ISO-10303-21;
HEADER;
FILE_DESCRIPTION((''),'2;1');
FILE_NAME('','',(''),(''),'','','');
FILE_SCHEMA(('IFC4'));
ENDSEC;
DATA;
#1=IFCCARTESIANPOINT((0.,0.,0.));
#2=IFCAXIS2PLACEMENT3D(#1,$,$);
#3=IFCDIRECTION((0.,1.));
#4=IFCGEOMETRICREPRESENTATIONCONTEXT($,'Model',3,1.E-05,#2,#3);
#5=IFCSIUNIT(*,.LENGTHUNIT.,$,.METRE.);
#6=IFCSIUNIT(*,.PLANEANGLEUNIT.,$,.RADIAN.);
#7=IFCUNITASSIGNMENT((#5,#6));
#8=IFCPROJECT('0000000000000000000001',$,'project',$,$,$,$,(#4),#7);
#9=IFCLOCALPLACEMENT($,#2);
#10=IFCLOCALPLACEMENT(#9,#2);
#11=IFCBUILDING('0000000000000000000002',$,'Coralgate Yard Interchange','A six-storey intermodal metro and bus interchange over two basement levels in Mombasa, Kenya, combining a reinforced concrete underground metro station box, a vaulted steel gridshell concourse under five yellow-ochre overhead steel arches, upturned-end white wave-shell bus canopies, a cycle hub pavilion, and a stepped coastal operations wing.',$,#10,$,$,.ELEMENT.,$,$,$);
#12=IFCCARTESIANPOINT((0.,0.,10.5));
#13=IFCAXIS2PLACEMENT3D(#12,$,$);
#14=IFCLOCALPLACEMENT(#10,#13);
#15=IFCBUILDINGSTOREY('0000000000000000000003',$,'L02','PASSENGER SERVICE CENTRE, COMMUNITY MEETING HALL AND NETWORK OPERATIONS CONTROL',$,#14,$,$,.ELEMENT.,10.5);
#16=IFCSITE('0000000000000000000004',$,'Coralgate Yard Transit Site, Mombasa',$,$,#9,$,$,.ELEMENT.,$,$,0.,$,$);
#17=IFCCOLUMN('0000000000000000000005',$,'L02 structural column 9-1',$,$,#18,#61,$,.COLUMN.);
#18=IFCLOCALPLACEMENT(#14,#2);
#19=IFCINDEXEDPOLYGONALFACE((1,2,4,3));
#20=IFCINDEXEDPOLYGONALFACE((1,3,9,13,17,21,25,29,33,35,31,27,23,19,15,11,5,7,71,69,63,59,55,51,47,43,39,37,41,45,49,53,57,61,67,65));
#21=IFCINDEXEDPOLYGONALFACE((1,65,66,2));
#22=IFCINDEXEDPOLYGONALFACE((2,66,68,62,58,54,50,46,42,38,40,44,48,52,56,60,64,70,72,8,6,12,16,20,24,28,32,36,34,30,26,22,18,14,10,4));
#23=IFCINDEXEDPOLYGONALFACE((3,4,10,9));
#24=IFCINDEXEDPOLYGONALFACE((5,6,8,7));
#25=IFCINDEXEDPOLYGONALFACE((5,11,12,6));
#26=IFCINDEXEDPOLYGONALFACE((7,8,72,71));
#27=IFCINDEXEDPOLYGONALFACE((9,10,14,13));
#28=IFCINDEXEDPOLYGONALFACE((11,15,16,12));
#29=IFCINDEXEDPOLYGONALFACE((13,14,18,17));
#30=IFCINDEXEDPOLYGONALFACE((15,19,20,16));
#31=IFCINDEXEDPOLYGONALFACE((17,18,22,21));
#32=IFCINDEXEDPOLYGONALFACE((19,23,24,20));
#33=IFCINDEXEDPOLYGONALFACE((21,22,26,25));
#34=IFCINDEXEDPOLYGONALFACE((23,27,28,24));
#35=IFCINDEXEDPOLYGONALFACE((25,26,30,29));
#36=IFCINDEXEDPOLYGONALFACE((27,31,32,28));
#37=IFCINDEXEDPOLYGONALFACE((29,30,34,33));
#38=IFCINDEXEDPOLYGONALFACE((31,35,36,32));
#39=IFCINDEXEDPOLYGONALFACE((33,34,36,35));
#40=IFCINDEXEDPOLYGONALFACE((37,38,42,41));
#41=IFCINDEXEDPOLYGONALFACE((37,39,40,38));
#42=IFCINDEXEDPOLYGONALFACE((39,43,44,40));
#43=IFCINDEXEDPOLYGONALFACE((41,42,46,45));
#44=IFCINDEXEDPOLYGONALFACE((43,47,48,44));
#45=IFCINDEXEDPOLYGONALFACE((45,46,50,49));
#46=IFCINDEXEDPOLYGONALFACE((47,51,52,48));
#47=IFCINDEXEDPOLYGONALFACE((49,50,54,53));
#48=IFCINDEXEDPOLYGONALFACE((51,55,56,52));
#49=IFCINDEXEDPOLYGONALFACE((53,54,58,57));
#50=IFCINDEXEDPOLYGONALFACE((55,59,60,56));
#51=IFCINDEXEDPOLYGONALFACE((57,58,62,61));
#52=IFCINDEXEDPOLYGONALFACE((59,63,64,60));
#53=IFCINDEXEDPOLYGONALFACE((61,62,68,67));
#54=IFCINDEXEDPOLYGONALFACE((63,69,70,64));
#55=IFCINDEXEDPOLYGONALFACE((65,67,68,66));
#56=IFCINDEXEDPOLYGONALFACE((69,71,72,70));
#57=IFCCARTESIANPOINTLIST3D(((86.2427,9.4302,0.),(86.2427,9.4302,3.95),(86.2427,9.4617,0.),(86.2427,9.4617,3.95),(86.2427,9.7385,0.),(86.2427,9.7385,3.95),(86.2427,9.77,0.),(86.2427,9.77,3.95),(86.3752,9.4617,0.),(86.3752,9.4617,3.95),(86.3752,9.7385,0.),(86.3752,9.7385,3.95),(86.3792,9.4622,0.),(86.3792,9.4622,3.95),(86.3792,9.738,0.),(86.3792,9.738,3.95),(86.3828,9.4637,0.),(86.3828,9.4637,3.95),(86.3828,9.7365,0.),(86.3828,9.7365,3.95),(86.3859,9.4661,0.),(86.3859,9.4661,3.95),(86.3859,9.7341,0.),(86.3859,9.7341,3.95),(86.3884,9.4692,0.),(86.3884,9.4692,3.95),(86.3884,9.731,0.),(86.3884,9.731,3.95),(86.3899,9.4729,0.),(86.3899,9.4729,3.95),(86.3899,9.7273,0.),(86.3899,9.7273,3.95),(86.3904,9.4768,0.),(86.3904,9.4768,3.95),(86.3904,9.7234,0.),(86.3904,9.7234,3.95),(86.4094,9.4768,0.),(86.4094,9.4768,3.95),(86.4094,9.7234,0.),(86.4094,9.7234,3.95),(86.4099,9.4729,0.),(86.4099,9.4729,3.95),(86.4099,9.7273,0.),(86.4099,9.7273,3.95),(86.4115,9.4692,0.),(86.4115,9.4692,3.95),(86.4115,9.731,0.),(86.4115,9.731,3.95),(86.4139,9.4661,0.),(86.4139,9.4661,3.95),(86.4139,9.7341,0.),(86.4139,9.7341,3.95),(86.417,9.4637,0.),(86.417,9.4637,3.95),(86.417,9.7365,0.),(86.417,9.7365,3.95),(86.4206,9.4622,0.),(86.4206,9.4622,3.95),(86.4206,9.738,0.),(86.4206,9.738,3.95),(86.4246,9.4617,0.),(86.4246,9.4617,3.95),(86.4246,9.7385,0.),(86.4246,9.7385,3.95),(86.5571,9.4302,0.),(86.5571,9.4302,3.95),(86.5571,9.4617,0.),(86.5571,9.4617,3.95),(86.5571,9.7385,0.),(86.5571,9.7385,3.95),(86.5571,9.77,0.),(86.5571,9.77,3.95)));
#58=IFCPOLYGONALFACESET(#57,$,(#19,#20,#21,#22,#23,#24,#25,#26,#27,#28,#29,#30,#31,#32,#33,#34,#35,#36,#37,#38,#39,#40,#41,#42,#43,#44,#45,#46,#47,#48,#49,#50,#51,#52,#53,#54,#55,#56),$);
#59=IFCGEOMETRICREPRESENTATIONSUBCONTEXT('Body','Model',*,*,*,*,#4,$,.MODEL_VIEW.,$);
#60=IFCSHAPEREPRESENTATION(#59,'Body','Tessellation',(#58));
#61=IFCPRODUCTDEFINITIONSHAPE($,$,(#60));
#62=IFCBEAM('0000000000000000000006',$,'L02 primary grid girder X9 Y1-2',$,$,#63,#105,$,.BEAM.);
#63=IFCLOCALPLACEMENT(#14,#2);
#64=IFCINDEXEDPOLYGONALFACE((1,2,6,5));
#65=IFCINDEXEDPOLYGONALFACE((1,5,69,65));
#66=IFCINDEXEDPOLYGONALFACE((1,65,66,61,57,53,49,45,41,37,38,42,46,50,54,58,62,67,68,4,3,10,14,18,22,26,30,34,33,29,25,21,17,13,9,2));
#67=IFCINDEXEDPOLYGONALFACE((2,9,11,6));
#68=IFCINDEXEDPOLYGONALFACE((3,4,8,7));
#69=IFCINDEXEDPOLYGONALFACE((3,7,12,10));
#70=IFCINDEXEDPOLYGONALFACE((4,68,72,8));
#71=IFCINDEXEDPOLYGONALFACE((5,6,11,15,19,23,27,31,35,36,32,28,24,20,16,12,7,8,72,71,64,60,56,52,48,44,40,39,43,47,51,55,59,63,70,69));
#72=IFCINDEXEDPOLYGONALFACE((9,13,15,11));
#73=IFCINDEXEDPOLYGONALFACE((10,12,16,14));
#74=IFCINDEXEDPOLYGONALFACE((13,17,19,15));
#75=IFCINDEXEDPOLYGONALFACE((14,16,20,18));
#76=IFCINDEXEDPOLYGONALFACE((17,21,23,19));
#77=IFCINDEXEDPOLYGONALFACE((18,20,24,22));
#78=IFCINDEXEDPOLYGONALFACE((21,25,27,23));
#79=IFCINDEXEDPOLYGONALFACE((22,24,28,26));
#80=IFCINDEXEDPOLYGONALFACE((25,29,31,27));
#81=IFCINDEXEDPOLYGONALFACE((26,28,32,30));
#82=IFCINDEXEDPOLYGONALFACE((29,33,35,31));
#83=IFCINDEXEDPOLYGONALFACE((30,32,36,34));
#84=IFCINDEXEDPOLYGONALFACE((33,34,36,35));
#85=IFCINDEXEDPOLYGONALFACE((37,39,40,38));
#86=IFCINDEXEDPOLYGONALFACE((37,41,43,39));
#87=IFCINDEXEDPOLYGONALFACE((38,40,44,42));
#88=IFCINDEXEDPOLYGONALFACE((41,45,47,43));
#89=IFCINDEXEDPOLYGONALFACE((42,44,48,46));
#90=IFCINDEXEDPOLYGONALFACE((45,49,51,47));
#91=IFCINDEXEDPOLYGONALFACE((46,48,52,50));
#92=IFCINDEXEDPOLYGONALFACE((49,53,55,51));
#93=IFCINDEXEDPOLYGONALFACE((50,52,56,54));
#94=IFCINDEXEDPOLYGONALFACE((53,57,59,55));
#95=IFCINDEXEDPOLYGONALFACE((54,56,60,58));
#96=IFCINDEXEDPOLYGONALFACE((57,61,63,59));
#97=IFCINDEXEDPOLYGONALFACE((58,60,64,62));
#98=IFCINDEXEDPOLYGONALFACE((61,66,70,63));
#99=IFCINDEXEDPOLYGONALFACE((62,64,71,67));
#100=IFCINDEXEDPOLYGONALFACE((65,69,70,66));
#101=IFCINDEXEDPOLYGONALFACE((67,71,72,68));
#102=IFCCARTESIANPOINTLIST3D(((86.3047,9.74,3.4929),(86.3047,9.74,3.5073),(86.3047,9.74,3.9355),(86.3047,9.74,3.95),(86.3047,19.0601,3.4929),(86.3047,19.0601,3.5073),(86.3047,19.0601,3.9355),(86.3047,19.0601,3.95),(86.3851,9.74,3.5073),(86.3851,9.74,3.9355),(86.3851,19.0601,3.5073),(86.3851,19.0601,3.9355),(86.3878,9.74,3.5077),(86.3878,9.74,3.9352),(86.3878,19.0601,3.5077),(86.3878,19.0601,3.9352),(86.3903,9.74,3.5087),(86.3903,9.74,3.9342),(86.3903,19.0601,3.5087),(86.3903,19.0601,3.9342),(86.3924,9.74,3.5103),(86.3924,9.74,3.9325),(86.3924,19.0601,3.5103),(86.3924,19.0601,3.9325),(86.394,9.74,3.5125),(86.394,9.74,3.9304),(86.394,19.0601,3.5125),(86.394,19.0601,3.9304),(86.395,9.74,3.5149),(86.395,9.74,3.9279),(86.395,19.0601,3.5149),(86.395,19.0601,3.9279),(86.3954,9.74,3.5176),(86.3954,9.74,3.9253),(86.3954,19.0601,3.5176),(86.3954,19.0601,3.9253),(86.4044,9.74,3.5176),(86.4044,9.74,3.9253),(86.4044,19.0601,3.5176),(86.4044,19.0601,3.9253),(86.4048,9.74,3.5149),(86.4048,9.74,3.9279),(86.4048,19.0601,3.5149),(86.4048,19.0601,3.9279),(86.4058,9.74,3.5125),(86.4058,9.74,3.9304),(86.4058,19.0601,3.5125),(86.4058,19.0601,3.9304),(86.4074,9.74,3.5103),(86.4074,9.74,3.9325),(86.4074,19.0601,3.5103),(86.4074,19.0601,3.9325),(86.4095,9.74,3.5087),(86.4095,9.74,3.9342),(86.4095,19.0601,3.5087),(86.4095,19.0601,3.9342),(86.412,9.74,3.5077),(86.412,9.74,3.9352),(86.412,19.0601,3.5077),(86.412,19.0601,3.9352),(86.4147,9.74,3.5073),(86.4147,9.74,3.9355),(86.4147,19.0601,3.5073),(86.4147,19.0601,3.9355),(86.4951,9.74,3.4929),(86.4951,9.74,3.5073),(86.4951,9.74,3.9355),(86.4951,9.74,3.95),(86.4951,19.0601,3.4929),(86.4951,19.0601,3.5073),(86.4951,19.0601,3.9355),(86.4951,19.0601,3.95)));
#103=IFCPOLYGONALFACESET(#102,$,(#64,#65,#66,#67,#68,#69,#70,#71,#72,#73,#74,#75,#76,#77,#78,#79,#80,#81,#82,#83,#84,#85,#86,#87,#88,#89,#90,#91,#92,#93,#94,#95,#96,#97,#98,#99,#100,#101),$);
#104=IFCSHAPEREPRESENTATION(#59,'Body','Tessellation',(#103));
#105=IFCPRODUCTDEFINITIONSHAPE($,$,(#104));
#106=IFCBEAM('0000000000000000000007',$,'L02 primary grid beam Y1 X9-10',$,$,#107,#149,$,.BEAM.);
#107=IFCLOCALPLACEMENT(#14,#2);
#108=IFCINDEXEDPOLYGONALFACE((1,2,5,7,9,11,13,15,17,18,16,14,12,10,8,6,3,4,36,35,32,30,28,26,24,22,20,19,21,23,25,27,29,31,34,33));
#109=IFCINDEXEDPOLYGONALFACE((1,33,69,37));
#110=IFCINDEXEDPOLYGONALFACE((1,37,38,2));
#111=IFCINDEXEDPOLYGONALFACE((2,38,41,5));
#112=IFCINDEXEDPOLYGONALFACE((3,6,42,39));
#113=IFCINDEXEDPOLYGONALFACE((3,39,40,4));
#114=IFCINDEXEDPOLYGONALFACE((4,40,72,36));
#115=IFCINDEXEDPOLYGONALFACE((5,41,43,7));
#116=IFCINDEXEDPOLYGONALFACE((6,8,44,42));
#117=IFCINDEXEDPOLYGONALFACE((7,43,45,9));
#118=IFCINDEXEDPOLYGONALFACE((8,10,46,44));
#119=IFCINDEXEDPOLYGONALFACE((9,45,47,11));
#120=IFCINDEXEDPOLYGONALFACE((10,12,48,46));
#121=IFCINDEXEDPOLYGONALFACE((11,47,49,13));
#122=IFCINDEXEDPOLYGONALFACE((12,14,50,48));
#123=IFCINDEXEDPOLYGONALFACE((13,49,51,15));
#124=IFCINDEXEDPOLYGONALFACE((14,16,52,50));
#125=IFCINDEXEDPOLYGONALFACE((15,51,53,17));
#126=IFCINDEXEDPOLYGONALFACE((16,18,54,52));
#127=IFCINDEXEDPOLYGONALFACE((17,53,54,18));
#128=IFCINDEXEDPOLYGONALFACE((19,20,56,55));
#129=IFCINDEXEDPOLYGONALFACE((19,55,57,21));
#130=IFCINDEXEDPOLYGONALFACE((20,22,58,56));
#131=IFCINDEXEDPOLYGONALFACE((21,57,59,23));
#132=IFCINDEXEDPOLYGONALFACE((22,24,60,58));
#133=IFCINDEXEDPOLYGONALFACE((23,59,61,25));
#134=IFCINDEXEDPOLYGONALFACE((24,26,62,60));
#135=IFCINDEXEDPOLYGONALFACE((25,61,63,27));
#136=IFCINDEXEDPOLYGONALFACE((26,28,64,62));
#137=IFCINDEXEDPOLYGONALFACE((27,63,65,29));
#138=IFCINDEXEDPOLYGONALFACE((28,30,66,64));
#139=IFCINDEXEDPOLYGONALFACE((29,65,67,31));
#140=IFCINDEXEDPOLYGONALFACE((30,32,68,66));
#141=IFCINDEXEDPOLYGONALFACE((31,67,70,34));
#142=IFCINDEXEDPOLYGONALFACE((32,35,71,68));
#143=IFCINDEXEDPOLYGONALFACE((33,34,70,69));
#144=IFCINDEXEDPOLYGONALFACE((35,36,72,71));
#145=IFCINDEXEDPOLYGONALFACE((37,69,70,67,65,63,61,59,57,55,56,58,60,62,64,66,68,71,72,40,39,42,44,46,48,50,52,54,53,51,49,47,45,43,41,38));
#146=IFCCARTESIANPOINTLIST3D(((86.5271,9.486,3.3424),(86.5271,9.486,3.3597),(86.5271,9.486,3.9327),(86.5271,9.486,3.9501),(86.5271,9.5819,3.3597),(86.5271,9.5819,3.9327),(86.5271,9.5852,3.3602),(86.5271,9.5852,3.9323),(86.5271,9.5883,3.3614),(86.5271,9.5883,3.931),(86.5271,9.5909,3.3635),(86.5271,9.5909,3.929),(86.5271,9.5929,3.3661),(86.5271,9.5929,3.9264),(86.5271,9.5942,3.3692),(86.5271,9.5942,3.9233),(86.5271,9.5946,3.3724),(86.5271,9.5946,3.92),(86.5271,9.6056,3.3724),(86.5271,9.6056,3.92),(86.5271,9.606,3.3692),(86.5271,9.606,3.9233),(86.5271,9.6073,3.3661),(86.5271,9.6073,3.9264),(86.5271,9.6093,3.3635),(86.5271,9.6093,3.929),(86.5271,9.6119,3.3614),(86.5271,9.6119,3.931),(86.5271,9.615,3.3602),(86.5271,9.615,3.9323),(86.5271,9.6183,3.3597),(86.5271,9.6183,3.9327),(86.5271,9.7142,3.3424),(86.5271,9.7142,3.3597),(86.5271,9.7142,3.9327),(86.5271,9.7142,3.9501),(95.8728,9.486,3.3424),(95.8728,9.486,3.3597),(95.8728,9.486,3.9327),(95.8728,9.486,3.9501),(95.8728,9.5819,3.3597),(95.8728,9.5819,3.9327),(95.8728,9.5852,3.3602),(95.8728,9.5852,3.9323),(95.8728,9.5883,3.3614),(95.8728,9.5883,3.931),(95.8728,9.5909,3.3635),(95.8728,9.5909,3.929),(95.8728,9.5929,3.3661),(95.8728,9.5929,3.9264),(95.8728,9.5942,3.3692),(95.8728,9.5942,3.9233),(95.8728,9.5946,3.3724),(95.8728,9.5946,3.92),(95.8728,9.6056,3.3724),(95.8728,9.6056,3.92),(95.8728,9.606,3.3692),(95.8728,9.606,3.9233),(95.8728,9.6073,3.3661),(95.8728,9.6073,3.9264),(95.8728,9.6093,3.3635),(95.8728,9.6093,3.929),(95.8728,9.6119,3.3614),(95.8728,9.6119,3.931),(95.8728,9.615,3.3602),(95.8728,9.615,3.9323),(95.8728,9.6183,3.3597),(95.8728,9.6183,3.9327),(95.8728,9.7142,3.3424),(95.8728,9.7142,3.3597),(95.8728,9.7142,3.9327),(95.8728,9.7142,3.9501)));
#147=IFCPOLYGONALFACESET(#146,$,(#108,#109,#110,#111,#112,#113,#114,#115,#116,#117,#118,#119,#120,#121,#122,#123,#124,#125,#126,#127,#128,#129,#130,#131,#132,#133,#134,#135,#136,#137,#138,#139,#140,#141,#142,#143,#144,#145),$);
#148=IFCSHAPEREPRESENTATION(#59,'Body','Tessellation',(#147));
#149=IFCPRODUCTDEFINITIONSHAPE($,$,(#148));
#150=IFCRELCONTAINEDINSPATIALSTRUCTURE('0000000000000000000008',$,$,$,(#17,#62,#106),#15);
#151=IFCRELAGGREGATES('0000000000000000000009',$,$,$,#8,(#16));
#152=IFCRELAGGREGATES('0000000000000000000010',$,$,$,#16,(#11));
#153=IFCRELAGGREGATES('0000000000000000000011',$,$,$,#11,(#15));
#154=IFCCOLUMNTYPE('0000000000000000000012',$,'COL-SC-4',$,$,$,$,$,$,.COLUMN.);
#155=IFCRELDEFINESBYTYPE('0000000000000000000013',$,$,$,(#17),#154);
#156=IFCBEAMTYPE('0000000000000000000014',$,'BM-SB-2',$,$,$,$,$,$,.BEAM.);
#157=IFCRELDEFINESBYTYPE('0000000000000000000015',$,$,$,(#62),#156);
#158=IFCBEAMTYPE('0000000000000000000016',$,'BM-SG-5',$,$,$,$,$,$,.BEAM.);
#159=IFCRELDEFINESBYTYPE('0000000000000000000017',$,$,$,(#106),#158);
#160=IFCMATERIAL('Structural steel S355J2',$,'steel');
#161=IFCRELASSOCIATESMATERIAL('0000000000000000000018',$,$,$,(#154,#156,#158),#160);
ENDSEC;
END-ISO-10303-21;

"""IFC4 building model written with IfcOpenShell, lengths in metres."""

from ifc_helpers import new_model, si_unit, direction, frame, origin, origin_2d, place, context, subcontext, project, spatial, i_section, extrude, material, material_profile, profile_set, type_object, element, save


model = new_model("IFC4")

# Units and contexts
model_context = context("Model", 3, precision=1e-05, world=origin(), true_north=direction((0.0, 1.0)))
body_context = subcontext(model_context, "Body", "Model", "MODEL_VIEW")
ifc_project = project(units=[si_unit("LENGTHUNIT", "METRE"), si_unit("PLANEANGLEUNIT", "RADIAN")], contexts=[model_context])

# Site, building, storey
site_placement = place(None, origin())
site = spatial("IfcSite", under=ifc_project, at=site_placement, Name="Coralgate Yard Transit Site, Mombasa", CompositionType="ELEMENT", RefElevation=0.0)
building_placement = place(site_placement, origin())
building = spatial("IfcBuilding", under=site, at=building_placement, Name="Coralgate Yard Interchange", Description="A six-storey intermodal metro and bus interchange over two basement levels in Mombasa, Kenya, combining a reinforced concrete underground metro station box, a vaulted steel gridshell concourse under five yellow-ochre overhead steel arches, upturned-end white wave-shell bus canopies, a cycle hub pavilion, and a stepped coastal operations wing.", CompositionType="ELEMENT")
storey_placement = place(building_placement, frame((0.0, 0.0, 10.5)))
storey = spatial("IfcBuildingStorey", under=building, at=storey_placement, Name="L02", Description="PASSENGER SERVICE CENTRE, COMMUNITY MEETING HALL AND NETWORK OPERATIONS CONTROL", CompositionType="ELEMENT", Elevation=10.5)

# Column
ifc_material_1 = material(Name="Structural steel S355J2", Category="steel")
ifc_material_profile_1 = material_profile(ifc_material_1, i_section(OverallWidth=0.3145, OverallDepth=0.3398, WebThickness=0.019, FlangeThickness=0.0315, FilletRadius=0.0151, at=origin_2d()), Name="UC 305x305x198")
ifc_profile_set_1 = profile_set([ifc_material_profile_1], Name="Structural steel S355J2")
column_type = type_object("IfcColumnType", Name="COL-SC-4", PredefinedType="COLUMN", material=ifc_profile_set_1)
column_placement = place(storey_placement, frame((86.3999, 9.6001, 0.0), z_axis=(0.0, 0.0, 1.0), x_axis=(1.0, 0.0, 0.0)))
element("IfcColumn", 1, at=column_placement, inside=storey, type_object=column_type, Name="L02 structural column 9-1", PredefinedType="COLUMN", context=body_context, shape_type="SweptSolid", body=[
    extrude(i_section(OverallWidth=0.3145, OverallDepth=0.3398, WebThickness=0.019, FlangeThickness=0.0315, FilletRadius=0.0151, at=origin_2d()), origin(), (0.0, 0.0, 1.0), 3.95),
])

# Beams
ifc_material_profile_2 = material_profile(ifc_material_1, i_section(OverallWidth=0.1904, OverallDepth=0.457, WebThickness=0.009, FlangeThickness=0.0144, FilletRadius=0.0103, at=origin_2d()), Name="UB 457x191x74")
ifc_profile_set_2 = profile_set([ifc_material_profile_2], Name="Structural steel S355J2")
beam_type_1 = type_object("IfcBeamType", Name="BM-SB-2", PredefinedType="BEAM", material=ifc_profile_set_2)
beam_1_placement = place(storey_placement, frame((86.3999, 9.74, 3.7214), z_axis=(0.0, 1.0, 0.0), x_axis=(-1.0, 0.0, 0.0)))
element("IfcBeam", 2, at=beam_1_placement, inside=storey, type_object=beam_type_1, Name="L02 primary grid girder X9 Y1-2", PredefinedType="BEAM", context=body_context, shape_type="SweptSolid", body=[
    extrude(i_section(OverallWidth=0.1904, OverallDepth=0.457, WebThickness=0.009, FlangeThickness=0.0144, FilletRadius=0.0103, at=origin_2d()), origin(), (0.0, 0.0, 1.0), 9.3201),
])
ifc_material_profile_3 = material_profile(ifc_material_1, i_section(OverallWidth=0.2283, OverallDepth=0.6077, WebThickness=0.011, FlangeThickness=0.0173, FilletRadius=0.0127, at=origin_2d()), Name="UB 610x229x113")
ifc_profile_set_3 = profile_set([ifc_material_profile_3], Name="Structural steel S355J2")
beam_type_2 = type_object("IfcBeamType", Name="BM-SG-5", PredefinedType="BEAM", material=ifc_profile_set_3)
beam_2_placement = place(storey_placement, frame((86.5271, 9.6001, 3.6462), z_axis=(1.0, 0.0, 0.0), x_axis=(0.0, 1.0, 0.0)))
element("IfcBeam", 3, at=beam_2_placement, inside=storey, type_object=beam_type_2, Name="L02 primary grid beam Y1 X9-10", PredefinedType="BEAM", context=body_context, shape_type="SweptSolid", body=[
    extrude(i_section(OverallWidth=0.2283, OverallDepth=0.6077, WebThickness=0.011, FlangeThickness=0.0173, FilletRadius=0.0127, at=origin_2d()), origin(), (0.0, 0.0, 1.0), 9.3457),
])

save(model, "model.ifc")
